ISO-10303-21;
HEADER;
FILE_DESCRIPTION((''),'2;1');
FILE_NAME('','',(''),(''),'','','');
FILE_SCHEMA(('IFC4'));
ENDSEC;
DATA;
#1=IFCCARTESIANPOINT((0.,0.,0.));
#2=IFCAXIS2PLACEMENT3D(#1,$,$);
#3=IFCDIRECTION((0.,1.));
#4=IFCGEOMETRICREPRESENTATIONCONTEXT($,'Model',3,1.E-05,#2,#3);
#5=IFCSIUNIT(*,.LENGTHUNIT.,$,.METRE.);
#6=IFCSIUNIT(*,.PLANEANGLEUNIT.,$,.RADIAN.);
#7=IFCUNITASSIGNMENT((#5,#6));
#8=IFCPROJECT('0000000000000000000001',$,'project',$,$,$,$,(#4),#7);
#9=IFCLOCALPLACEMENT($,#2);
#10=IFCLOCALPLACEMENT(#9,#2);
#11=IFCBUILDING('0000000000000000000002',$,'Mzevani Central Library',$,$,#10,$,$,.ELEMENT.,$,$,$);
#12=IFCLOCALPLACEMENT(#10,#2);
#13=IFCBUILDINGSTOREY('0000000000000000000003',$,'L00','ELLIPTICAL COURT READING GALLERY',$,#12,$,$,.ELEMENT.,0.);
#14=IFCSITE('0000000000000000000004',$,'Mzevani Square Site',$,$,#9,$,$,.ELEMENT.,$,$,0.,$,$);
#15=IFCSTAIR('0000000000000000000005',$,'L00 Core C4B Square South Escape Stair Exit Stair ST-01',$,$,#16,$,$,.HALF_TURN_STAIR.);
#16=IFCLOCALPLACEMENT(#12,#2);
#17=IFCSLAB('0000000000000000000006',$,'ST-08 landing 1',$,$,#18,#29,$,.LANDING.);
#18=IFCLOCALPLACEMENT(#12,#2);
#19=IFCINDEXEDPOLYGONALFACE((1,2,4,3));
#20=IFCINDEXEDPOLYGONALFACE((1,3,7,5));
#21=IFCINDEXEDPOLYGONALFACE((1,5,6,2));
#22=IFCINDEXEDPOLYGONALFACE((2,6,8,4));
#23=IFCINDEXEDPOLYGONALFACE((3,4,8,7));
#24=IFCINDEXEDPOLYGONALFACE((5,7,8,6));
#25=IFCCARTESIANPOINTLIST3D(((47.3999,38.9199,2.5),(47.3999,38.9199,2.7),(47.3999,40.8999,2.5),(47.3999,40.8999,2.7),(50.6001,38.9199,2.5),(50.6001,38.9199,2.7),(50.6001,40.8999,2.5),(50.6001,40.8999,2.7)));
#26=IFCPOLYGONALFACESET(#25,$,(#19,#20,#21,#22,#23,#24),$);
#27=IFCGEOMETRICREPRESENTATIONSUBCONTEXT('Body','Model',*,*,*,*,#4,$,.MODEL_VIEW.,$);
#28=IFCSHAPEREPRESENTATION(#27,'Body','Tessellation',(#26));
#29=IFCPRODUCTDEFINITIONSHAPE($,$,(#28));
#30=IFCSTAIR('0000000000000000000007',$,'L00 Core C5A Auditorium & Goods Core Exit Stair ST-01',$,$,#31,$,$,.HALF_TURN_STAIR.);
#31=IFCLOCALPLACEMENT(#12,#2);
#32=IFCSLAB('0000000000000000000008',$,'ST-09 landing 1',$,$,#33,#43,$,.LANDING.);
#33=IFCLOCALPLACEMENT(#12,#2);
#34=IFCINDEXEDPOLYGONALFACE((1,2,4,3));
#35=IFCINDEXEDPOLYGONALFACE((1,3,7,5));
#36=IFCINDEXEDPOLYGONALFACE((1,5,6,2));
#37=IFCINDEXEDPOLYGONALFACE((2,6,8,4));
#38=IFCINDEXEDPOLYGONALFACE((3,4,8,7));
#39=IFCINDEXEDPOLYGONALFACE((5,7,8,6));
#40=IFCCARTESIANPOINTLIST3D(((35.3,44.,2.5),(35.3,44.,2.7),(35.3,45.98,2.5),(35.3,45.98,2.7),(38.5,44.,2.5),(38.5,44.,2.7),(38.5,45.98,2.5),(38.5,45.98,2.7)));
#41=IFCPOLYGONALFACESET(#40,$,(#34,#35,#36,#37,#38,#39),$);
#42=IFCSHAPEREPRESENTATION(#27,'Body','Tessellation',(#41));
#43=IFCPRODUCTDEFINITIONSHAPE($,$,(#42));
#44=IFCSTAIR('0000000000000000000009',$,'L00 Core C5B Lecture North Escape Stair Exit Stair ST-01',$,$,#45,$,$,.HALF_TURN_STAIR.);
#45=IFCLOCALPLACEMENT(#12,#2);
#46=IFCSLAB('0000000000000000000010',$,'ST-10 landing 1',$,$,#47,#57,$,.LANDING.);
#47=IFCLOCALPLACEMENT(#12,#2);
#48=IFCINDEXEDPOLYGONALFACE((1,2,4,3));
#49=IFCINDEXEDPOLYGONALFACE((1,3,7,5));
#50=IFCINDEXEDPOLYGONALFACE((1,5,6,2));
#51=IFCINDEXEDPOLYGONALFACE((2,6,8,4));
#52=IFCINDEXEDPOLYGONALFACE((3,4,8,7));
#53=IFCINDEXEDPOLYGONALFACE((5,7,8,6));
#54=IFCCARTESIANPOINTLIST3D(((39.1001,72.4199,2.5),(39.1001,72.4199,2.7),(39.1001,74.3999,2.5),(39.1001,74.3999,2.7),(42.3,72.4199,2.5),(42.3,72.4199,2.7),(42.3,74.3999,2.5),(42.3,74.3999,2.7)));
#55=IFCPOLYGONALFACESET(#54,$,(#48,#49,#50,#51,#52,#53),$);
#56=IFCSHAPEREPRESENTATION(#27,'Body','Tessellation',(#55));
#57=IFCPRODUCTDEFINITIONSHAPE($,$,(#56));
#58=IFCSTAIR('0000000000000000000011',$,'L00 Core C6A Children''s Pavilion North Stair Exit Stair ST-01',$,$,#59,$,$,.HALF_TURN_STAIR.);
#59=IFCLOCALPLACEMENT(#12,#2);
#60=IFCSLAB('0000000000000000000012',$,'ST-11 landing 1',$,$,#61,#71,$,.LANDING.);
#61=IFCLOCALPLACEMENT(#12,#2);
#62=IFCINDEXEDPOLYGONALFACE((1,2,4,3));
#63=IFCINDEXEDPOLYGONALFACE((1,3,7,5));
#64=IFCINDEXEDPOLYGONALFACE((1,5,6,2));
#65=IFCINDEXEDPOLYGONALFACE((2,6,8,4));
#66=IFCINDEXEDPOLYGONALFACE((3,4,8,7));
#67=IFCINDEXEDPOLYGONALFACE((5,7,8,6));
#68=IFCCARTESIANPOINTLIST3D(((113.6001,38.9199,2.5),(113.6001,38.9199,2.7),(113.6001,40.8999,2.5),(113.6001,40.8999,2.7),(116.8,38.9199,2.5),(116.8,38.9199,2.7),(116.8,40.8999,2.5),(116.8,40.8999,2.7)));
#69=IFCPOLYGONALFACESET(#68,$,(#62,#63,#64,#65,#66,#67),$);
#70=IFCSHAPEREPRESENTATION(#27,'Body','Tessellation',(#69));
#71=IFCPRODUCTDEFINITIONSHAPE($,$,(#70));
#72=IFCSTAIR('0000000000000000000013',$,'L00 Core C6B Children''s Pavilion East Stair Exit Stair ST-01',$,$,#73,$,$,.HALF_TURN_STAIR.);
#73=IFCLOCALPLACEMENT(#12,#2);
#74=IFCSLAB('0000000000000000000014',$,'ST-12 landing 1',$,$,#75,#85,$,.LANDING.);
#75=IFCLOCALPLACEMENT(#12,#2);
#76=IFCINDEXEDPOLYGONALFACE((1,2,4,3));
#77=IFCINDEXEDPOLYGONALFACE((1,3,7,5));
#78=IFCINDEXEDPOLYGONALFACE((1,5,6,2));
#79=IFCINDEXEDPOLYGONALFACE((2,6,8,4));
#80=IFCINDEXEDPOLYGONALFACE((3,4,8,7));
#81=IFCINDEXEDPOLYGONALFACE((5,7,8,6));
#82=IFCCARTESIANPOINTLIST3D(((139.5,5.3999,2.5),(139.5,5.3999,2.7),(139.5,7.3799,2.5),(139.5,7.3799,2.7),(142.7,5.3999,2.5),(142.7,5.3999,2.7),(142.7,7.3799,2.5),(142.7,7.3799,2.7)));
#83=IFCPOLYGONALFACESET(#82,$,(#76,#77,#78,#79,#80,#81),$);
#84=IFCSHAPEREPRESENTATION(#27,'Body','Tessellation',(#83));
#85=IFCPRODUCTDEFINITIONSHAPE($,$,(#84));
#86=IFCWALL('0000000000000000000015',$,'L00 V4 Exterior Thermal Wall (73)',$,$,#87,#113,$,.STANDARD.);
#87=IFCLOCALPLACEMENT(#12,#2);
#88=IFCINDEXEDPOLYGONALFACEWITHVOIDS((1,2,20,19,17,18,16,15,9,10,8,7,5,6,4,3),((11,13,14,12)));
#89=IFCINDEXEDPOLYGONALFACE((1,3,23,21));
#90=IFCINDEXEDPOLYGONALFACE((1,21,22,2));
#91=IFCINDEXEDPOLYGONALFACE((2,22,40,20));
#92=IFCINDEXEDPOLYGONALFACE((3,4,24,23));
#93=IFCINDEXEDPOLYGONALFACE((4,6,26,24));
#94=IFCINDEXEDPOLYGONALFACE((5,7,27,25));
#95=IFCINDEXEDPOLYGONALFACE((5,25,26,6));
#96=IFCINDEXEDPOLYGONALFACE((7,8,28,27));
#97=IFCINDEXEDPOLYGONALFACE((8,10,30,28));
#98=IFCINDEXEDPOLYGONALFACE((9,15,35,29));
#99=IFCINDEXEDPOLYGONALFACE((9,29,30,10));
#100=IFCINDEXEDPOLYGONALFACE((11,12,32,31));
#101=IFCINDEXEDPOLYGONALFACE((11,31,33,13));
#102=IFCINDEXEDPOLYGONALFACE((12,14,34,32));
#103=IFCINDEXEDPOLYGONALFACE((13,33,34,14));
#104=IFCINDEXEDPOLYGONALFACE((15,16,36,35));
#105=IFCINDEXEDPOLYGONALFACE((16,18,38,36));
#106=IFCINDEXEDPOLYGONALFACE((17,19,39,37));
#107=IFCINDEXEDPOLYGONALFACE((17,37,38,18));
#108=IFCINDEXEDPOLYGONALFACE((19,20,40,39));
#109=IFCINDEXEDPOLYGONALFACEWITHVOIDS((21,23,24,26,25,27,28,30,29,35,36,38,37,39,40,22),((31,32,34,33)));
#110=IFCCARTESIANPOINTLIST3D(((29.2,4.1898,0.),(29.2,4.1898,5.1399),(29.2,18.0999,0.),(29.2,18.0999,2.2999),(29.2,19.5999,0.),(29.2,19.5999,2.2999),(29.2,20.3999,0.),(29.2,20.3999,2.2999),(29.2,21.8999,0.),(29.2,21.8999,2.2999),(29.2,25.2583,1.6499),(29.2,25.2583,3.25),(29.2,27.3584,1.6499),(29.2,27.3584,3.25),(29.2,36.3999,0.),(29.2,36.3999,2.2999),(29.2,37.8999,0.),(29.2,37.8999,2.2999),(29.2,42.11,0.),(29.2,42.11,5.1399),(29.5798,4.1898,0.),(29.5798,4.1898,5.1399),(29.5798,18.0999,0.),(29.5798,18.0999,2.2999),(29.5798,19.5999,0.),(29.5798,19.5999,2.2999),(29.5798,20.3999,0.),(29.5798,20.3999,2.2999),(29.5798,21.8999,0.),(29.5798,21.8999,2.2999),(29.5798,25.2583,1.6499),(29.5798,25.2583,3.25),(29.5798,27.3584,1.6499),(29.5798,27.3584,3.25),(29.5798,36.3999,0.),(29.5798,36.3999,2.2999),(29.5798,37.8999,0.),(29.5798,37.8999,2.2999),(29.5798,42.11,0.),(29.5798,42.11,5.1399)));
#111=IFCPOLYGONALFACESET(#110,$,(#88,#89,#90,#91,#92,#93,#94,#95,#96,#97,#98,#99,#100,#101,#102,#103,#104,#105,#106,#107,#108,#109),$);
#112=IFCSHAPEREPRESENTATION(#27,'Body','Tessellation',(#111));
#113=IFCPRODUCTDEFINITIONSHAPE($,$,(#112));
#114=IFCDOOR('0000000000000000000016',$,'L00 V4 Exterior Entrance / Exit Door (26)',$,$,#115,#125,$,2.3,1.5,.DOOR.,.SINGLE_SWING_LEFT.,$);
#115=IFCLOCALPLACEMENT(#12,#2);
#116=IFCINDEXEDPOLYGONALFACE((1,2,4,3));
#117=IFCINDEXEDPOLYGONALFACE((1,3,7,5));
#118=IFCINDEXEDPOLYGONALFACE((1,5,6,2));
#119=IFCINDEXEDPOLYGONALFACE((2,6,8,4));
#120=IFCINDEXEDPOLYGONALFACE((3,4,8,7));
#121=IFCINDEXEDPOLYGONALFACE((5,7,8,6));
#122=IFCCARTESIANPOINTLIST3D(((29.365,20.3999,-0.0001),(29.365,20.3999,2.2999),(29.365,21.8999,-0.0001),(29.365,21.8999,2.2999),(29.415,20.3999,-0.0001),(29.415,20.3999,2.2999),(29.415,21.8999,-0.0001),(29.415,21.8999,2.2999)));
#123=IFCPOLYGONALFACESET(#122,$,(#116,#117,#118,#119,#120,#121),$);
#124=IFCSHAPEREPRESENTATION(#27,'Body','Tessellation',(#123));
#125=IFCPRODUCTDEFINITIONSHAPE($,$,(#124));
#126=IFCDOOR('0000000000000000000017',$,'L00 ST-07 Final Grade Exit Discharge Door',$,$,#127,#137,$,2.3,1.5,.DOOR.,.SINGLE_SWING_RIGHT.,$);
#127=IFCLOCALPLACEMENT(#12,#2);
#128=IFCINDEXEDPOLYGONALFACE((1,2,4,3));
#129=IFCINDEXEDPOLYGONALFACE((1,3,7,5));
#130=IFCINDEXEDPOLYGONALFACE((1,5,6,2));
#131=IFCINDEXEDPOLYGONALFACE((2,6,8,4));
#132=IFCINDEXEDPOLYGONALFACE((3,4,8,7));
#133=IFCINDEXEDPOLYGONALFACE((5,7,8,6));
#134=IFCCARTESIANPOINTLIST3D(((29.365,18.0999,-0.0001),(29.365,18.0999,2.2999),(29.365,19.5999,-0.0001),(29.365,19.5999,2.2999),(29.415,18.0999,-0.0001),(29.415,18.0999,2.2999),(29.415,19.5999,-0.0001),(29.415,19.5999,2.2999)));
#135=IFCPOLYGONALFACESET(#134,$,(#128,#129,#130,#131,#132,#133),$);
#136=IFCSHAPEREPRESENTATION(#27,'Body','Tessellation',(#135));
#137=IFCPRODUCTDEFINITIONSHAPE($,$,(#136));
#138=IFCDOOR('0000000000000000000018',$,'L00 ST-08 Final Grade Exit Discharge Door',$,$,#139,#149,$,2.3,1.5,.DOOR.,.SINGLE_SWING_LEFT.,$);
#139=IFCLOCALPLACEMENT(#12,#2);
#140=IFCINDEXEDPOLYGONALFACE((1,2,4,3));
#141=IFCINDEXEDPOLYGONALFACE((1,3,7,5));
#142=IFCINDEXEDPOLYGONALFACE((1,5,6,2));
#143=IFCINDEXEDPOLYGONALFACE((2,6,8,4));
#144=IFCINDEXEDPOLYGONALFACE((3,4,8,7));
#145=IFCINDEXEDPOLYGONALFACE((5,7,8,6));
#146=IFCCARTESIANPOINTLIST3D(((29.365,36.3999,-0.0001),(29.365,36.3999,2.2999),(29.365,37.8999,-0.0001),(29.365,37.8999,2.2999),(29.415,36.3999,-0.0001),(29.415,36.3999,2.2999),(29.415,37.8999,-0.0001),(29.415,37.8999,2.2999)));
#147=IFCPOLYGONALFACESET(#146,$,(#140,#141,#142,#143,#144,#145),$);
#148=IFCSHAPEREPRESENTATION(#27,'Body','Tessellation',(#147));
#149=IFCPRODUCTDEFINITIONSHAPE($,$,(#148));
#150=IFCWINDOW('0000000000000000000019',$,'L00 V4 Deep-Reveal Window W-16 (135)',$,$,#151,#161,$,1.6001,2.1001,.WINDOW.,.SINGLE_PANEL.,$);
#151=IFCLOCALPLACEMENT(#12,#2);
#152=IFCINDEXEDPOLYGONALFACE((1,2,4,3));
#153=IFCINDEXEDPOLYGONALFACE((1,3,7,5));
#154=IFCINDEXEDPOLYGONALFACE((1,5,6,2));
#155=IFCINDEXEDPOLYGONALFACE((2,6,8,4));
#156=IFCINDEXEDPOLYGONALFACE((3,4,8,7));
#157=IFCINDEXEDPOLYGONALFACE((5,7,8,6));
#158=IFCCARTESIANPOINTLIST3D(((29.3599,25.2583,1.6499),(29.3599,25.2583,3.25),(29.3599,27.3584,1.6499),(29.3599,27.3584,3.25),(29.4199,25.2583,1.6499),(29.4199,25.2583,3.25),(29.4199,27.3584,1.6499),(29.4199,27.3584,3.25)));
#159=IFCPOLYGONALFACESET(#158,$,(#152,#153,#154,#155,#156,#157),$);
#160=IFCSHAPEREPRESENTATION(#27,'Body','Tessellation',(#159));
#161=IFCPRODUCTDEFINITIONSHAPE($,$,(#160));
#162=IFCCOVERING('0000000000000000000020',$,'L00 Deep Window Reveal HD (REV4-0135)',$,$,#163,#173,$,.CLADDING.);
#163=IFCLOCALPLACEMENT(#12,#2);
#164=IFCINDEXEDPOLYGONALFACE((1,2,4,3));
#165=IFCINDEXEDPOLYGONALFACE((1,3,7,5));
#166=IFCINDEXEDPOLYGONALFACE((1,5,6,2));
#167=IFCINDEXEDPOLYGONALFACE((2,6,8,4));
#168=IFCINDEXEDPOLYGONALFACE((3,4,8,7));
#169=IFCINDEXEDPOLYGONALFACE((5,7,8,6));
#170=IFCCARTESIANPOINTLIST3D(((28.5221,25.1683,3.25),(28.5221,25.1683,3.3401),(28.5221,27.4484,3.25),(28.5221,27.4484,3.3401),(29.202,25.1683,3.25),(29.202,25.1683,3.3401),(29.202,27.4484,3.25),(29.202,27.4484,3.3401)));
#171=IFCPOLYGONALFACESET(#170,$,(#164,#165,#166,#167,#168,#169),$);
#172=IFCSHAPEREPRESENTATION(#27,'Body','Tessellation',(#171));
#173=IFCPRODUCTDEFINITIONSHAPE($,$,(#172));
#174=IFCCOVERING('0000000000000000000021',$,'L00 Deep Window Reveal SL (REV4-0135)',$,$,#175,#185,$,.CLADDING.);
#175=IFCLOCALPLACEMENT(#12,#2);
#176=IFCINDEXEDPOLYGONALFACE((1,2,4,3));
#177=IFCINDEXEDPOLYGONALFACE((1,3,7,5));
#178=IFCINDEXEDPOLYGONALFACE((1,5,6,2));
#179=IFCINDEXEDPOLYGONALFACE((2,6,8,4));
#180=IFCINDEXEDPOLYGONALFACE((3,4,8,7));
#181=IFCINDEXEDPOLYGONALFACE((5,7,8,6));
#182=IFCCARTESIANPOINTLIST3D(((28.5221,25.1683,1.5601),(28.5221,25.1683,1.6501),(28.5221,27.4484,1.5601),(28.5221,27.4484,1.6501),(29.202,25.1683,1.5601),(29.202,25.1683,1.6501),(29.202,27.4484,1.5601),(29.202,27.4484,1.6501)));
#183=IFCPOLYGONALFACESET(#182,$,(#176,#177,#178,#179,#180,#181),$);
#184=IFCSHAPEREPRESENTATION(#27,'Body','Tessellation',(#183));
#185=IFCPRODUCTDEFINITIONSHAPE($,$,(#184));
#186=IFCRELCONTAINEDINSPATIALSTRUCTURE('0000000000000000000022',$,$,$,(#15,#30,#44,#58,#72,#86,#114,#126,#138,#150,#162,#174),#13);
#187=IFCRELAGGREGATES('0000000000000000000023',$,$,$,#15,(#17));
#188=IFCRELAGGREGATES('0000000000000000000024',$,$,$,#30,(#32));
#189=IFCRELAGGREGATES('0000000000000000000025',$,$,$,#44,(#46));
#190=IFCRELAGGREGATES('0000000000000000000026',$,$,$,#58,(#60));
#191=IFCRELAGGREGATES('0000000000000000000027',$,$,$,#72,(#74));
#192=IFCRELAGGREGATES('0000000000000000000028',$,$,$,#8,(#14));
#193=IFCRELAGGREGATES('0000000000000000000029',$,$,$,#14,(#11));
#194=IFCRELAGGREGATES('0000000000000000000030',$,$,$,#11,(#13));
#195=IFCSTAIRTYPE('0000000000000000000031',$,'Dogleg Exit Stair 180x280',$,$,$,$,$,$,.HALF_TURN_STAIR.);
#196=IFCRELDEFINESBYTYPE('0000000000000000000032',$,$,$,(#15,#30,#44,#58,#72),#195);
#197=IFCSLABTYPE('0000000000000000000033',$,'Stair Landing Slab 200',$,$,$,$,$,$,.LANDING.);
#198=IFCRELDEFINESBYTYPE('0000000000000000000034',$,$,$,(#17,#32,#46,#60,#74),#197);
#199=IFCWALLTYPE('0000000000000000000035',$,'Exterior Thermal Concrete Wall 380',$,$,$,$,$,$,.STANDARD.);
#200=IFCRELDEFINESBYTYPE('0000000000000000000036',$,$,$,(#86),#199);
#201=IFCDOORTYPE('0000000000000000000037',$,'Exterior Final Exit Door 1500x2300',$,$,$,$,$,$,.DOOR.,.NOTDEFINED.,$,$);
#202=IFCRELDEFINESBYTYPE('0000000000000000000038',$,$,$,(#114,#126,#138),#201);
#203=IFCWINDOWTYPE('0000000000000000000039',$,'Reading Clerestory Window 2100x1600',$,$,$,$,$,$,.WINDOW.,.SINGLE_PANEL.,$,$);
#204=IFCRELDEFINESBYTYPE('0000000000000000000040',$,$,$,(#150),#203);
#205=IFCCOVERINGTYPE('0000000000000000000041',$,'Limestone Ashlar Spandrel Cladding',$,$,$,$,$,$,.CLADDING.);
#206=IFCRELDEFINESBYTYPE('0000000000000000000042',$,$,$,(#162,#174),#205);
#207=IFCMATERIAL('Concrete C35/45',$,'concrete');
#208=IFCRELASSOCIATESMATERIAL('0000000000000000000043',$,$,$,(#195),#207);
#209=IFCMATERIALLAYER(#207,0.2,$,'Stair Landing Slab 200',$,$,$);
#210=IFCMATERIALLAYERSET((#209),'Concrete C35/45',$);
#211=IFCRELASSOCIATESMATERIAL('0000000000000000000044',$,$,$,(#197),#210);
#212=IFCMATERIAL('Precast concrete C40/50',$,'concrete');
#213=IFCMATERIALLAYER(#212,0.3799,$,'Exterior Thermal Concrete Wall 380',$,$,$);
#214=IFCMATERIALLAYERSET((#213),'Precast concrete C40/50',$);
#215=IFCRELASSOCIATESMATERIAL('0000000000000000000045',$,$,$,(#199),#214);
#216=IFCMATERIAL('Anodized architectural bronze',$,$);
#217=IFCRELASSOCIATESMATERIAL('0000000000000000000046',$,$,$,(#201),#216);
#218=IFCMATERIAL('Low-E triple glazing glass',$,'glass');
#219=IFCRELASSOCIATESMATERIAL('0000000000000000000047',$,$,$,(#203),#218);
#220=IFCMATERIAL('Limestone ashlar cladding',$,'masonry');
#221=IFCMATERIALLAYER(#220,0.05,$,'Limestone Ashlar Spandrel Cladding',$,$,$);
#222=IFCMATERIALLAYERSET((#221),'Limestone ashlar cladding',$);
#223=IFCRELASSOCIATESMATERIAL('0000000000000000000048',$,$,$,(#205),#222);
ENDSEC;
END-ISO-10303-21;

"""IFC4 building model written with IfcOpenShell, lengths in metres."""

from ifc_helpers import new_model, si_unit, direction, frame, frame_2d, origin, origin_2d, place, context, subcontext, project, spatial, polyline, rectangle, outline, extrude, material, layer, layer_set, type_object, element, fill, aggregate, save


model = new_model("IFC4")

# Units and contexts
model_context = context("Model", 3, precision=1e-05, world=origin(), true_north=direction((0.0, 1.0)))
body_context = subcontext(model_context, "Body", "Model", "MODEL_VIEW")
ifc_project = project(units=[si_unit("LENGTHUNIT", "METRE"), si_unit("PLANEANGLEUNIT", "RADIAN")], contexts=[model_context])

# Site, building, storey
site_placement = place(None, origin())
site = spatial("IfcSite", under=ifc_project, at=site_placement, Name="Mzevani Square Site", CompositionType="ELEMENT", RefElevation=0.0)
building_placement = place(site_placement, origin())
building = spatial("IfcBuilding", under=site, at=building_placement, Name="Mzevani Central Library", CompositionType="ELEMENT")
storey_placement = place(building_placement, origin())
storey = spatial("IfcBuildingStorey", under=building, at=storey_placement, Name="L00", Description="ELLIPTICAL COURT READING GALLERY", CompositionType="ELEMENT", Elevation=0.0)

# Stairs, slabs
ifc_material_1 = material(Name="Concrete C35/45", Category="concrete")
stair_type = type_object("IfcStairType", Name="Dogleg Exit Stair 180x280", PredefinedType="HALF_TURN_STAIR", material=ifc_material_1)
stair_1_placement = place(storey_placement, origin())
stair_1 = element("IfcStair", 1, at=stair_1_placement, inside=storey, type_object=stair_type, Name="L00 Core C4B Square South Escape Stair Exit Stair ST-01", PredefinedType="HALF_TURN_STAIR")
ifc_layer_1 = layer(ifc_material_1, 0.2, Name="Stair Landing Slab 200")
ifc_layer_set_1 = layer_set([ifc_layer_1], Name="Concrete C35/45")
slab_type = type_object("IfcSlabType", Name="Stair Landing Slab 200", PredefinedType="LANDING", material=ifc_layer_set_1)
slab_1_placement = place(storey_placement, frame((0.0, 0.0, 2.5)))
slab_1 = element("IfcSlab", 2, at=slab_1_placement, type_object=slab_type, Name="ST-08 landing 1", PredefinedType="LANDING", context=body_context, shape_type="SweptSolid", body=[
    extrude(outline(polyline([(50.6001, 38.9199), (50.6001, 40.8999), (47.3999, 40.8999), (47.3999, 38.9199), (50.6001, 38.9199)])), origin(), (0.0, 0.0, 1.0), 0.2),
])
aggregate(stair_1, [slab_1])
stair_2_placement = place(storey_placement, origin())
stair_2 = element("IfcStair", 3, at=stair_2_placement, inside=storey, type_object=stair_type, Name="L00 Core C5A Auditorium & Goods Core Exit Stair ST-01", PredefinedType="HALF_TURN_STAIR")
slab_2_placement = place(storey_placement, frame((0.0, 0.0, 2.5)))
slab_2 = element("IfcSlab", 4, at=slab_2_placement, type_object=slab_type, Name="ST-09 landing 1", PredefinedType="LANDING", context=body_context, shape_type="SweptSolid", body=[
    extrude(outline(polyline([(35.3, 45.98), (35.3, 44.0), (38.5, 44.0), (38.5, 45.98), (35.3, 45.98)])), origin(), (0.0, 0.0, 1.0), 0.2),
])
aggregate(stair_2, [slab_2])
stair_3_placement = place(storey_placement, origin())
stair_3 = element("IfcStair", 5, at=stair_3_placement, inside=storey, type_object=stair_type, Name="L00 Core C5B Lecture North Escape Stair Exit Stair ST-01", PredefinedType="HALF_TURN_STAIR")
slab_3_placement = place(storey_placement, frame((0.0, 0.0, 2.5)))
slab_3 = element("IfcSlab", 6, at=slab_3_placement, type_object=slab_type, Name="ST-10 landing 1", PredefinedType="LANDING", context=body_context, shape_type="SweptSolid", body=[
    extrude(outline(polyline([(42.3, 72.4199), (42.3, 74.3999), (39.1001, 74.3999), (39.1001, 72.4199), (42.3, 72.4199)])), origin(), (0.0, 0.0, 1.0), 0.2),
])
aggregate(stair_3, [slab_3])
stair_4_placement = place(storey_placement, origin())
stair_4 = element("IfcStair", 7, at=stair_4_placement, inside=storey, type_object=stair_type, Name="L00 Core C6A Children's Pavilion North Stair Exit Stair ST-01", PredefinedType="HALF_TURN_STAIR")
slab_4_placement = place(storey_placement, frame((0.0, 0.0, 2.5)))
slab_4 = element("IfcSlab", 8, at=slab_4_placement, type_object=slab_type, Name="ST-11 landing 1", PredefinedType="LANDING", context=body_context, shape_type="SweptSolid", body=[
    extrude(outline(polyline([(116.8, 38.9199), (116.8, 40.8999), (113.6001, 40.8999), (113.6001, 38.9199), (116.8, 38.9199)])), origin(), (0.0, 0.0, 1.0), 0.2),
])
aggregate(stair_4, [slab_4])
stair_5_placement = place(storey_placement, origin())
stair_5 = element("IfcStair", 9, at=stair_5_placement, inside=storey, type_object=stair_type, Name="L00 Core C6B Children's Pavilion East Stair Exit Stair ST-01", PredefinedType="HALF_TURN_STAIR")
slab_5_placement = place(storey_placement, frame((0.0, 0.0, 2.5)))
slab_5 = element("IfcSlab", 10, at=slab_5_placement, type_object=slab_type, Name="ST-12 landing 1", PredefinedType="LANDING", context=body_context, shape_type="SweptSolid", body=[
    extrude(outline(polyline([(139.5, 7.3799), (139.5, 5.3999), (142.7, 5.3999), (142.7, 7.3799), (139.5, 7.3799)])), origin(), (0.0, 0.0, 1.0), 0.2),
])
aggregate(stair_5, [slab_5])

# Wall, openings, doors, window
ifc_material_2 = material(Name="Precast concrete C40/50", Category="concrete")
ifc_layer_2 = layer(ifc_material_2, 0.3799, Name="Exterior Thermal Concrete Wall 380")
ifc_layer_set_2 = layer_set([ifc_layer_2], Name="Precast concrete C40/50")
wall_type = type_object("IfcWallType", Name="Exterior Thermal Concrete Wall 380", PredefinedType="STANDARD", material=ifc_layer_set_2)
wall_placement = place(storey_placement, frame((29.3899, 4.1899, 0.0), z_axis=(0.0, 0.0, 1.0), x_axis=(0.0, 1.0, 0.0)))
wall = element("IfcWall", 11, at=wall_placement, inside=storey, type_object=wall_type, Name="L00 V4 Exterior Thermal Wall (73)", PredefinedType="STANDARD", context=body_context, shape_type="SweptSolid", body=[
    extrude(rectangle(XDim=37.9202, YDim=0.3799, at=frame_2d((18.96, 0.0))), origin(), (0.0, 0.0, 1.0), 5.1399),
])
opening_1_placement = place(wall_placement, frame((16.21, 0.0, 0.0)))
opening_1 = element("IfcOpeningElement", 12, at=opening_1_placement, cuts=wall, PredefinedType="OPENING", context=body_context, shape_type="SweptSolid", body=[
    extrude(rectangle(XDim=1.5, YDim=2.3, at=frame_2d((0.75, 1.1499))), frame((0.0, 0.2, 0.0), z_axis=(0.0, -1.0, 0.0), x_axis=(1.0, 0.0, 0.0)), (0.0, 0.0, 1.0), 0.3999),
])
opening_2_placement = place(wall_placement, frame((21.0684, 0.0, 1.6499)))
opening_2 = element("IfcOpeningElement", 13, at=opening_2_placement, cuts=wall, PredefinedType="OPENING", context=body_context, shape_type="SweptSolid", body=[
    extrude(rectangle(XDim=2.1001, YDim=1.6001, at=frame_2d((1.05, 0.8))), frame((0.0, 0.2, 0.0), z_axis=(0.0, -1.0, 0.0), x_axis=(1.0, 0.0, 0.0)), (0.0, 0.0, 1.0), 0.3999),
])
opening_3_placement = place(wall_placement, frame((13.9099, 0.0, 0.0)))
opening_3 = element("IfcOpeningElement", 14, at=opening_3_placement, cuts=wall, PredefinedType="OPENING", context=body_context, shape_type="SweptSolid", body=[
    extrude(rectangle(XDim=1.5, YDim=2.3, at=frame_2d((0.75, 1.1499))), frame((0.0, 0.2, 0.0), z_axis=(0.0, -1.0, 0.0), x_axis=(1.0, 0.0, 0.0)), (0.0, 0.0, 1.0), 0.3999),
])
opening_4_placement = place(wall_placement, frame((32.21, 0.0, 0.0)))
opening_4 = element("IfcOpeningElement", 15, at=opening_4_placement, cuts=wall, PredefinedType="OPENING", context=body_context, shape_type="SweptSolid", body=[
    extrude(rectangle(XDim=1.5, YDim=2.3, at=frame_2d((0.75, 1.1499))), frame((0.0, 0.2, 0.0), z_axis=(0.0, -1.0, 0.0), x_axis=(1.0, 0.0, 0.0)), (0.0, 0.0, 1.0), 0.3999),
])
ifc_material_3 = material(Name="Anodized architectural bronze")
door_type = type_object("IfcDoorType", Name="Exterior Final Exit Door 1500x2300", OperationType="NOTDEFINED", PredefinedType="DOOR", material=ifc_material_3)
door_1_placement = place(opening_1_placement, origin())
door_1 = element("IfcDoor", 16, at=door_1_placement, inside=storey, type_object=door_type, Name="L00 V4 Exterior Entrance / Exit Door (26)", OperationType="SINGLE_SWING_LEFT", OverallHeight=2.3, OverallWidth=1.5, PredefinedType="DOOR", context=body_context, shape_type="SweptSolid", body=[
    extrude(rectangle(XDim=1.5, YDim=2.3, at=frame_2d((0.75, 1.1499))), frame((0.0, 0.0249, 0.0), z_axis=(0.0, -1.0, 0.0), x_axis=(1.0, 0.0, 0.0)), (0.0, 0.0, 1.0), 0.05),
])
fill(opening_1, door_1)
door_2_placement = place(opening_3_placement, origin())
door_2 = element("IfcDoor", 17, at=door_2_placement, inside=storey, type_object=door_type, Name="L00 ST-07 Final Grade Exit Discharge Door", OperationType="SINGLE_SWING_RIGHT", OverallHeight=2.3, OverallWidth=1.5, PredefinedType="DOOR", context=body_context, shape_type="SweptSolid", body=[
    extrude(rectangle(XDim=1.5, YDim=2.3, at=frame_2d((0.75, 1.1499))), frame((0.0, 0.0249, 0.0), z_axis=(0.0, -1.0, 0.0), x_axis=(1.0, 0.0, 0.0)), (0.0, 0.0, 1.0), 0.05),
])
fill(opening_3, door_2)
door_3_placement = place(opening_4_placement, origin())
door_3 = element("IfcDoor", 18, at=door_3_placement, inside=storey, type_object=door_type, Name="L00 ST-08 Final Grade Exit Discharge Door", OperationType="SINGLE_SWING_LEFT", OverallHeight=2.3, OverallWidth=1.5, PredefinedType="DOOR", context=body_context, shape_type="SweptSolid", body=[
    extrude(rectangle(XDim=1.5, YDim=2.3, at=frame_2d((0.75, 1.1499))), frame((0.0, 0.0249, 0.0), z_axis=(0.0, -1.0, 0.0), x_axis=(1.0, 0.0, 0.0)), (0.0, 0.0, 1.0), 0.05),
])
fill(opening_4, door_3)
ifc_material_4 = material(Name="Low-E triple glazing glass", Category="glass")
window_type = type_object("IfcWindowType", Name="Reading Clerestory Window 2100x1600", PartitioningType="SINGLE_PANEL", PredefinedType="WINDOW", material=ifc_material_4)
window_placement = place(opening_2_placement, origin())
window = element("IfcWindow", 19, at=window_placement, inside=storey, type_object=window_type, Name="L00 V4 Deep-Reveal Window W-16 (135)", OverallHeight=1.6001, OverallWidth=2.1001, PartitioningType="SINGLE_PANEL", PredefinedType="WINDOW", context=body_context, shape_type="SweptSolid", body=[
    extrude(rectangle(XDim=2.1001, YDim=1.6001, at=frame_2d((1.05, 0.8))), frame((0.0, 0.03, 0.0), z_axis=(0.0, -1.0, 0.0), x_axis=(1.0, 0.0, 0.0)), (0.0, 0.0, 1.0), 0.0601),
])
fill(opening_2, window)

# Coverings
ifc_material_5 = material(Name="Limestone ashlar cladding", Category="masonry")
ifc_layer_3 = layer(ifc_material_5, 0.05, Name="Limestone Ashlar Spandrel Cladding")
ifc_layer_set_3 = layer_set([ifc_layer_3], Name="Limestone ashlar cladding")
covering_type_1 = type_object("IfcCoveringType", Name="Limestone Ashlar Spandrel Cladding", PredefinedType="CLADDING", material=ifc_layer_set_3)
for number, where, z_axis, x_axis, name in (
    (20, (28.8621, 26.3083, 3.25), (0.0, 0.0, 1.0), (0.0, 1.0, 0.0), "L00 Deep Window Reveal HD (REV4-0135)"),
    (21, (28.8621, 26.3083, 1.5601), (0.0, 0.0, 1.0), (0.0, 1.0, 0.0), "L00 Deep Window Reveal SL (REV4-0135)"),
):
    element("IfcCovering", number, at=place(storey_placement, frame(where, z_axis=z_axis, x_axis=x_axis)), inside=storey, type_object=covering_type_1, Name=name, PredefinedType="CLADDING", context=body_context, shape_type="SweptSolid", body=[
        extrude(rectangle(XDim=2.28, YDim=0.6799, at=origin_2d()), origin(), (0.0, 0.0, 1.0), 0.0901),
    ])

save(model, "model.ifc")
